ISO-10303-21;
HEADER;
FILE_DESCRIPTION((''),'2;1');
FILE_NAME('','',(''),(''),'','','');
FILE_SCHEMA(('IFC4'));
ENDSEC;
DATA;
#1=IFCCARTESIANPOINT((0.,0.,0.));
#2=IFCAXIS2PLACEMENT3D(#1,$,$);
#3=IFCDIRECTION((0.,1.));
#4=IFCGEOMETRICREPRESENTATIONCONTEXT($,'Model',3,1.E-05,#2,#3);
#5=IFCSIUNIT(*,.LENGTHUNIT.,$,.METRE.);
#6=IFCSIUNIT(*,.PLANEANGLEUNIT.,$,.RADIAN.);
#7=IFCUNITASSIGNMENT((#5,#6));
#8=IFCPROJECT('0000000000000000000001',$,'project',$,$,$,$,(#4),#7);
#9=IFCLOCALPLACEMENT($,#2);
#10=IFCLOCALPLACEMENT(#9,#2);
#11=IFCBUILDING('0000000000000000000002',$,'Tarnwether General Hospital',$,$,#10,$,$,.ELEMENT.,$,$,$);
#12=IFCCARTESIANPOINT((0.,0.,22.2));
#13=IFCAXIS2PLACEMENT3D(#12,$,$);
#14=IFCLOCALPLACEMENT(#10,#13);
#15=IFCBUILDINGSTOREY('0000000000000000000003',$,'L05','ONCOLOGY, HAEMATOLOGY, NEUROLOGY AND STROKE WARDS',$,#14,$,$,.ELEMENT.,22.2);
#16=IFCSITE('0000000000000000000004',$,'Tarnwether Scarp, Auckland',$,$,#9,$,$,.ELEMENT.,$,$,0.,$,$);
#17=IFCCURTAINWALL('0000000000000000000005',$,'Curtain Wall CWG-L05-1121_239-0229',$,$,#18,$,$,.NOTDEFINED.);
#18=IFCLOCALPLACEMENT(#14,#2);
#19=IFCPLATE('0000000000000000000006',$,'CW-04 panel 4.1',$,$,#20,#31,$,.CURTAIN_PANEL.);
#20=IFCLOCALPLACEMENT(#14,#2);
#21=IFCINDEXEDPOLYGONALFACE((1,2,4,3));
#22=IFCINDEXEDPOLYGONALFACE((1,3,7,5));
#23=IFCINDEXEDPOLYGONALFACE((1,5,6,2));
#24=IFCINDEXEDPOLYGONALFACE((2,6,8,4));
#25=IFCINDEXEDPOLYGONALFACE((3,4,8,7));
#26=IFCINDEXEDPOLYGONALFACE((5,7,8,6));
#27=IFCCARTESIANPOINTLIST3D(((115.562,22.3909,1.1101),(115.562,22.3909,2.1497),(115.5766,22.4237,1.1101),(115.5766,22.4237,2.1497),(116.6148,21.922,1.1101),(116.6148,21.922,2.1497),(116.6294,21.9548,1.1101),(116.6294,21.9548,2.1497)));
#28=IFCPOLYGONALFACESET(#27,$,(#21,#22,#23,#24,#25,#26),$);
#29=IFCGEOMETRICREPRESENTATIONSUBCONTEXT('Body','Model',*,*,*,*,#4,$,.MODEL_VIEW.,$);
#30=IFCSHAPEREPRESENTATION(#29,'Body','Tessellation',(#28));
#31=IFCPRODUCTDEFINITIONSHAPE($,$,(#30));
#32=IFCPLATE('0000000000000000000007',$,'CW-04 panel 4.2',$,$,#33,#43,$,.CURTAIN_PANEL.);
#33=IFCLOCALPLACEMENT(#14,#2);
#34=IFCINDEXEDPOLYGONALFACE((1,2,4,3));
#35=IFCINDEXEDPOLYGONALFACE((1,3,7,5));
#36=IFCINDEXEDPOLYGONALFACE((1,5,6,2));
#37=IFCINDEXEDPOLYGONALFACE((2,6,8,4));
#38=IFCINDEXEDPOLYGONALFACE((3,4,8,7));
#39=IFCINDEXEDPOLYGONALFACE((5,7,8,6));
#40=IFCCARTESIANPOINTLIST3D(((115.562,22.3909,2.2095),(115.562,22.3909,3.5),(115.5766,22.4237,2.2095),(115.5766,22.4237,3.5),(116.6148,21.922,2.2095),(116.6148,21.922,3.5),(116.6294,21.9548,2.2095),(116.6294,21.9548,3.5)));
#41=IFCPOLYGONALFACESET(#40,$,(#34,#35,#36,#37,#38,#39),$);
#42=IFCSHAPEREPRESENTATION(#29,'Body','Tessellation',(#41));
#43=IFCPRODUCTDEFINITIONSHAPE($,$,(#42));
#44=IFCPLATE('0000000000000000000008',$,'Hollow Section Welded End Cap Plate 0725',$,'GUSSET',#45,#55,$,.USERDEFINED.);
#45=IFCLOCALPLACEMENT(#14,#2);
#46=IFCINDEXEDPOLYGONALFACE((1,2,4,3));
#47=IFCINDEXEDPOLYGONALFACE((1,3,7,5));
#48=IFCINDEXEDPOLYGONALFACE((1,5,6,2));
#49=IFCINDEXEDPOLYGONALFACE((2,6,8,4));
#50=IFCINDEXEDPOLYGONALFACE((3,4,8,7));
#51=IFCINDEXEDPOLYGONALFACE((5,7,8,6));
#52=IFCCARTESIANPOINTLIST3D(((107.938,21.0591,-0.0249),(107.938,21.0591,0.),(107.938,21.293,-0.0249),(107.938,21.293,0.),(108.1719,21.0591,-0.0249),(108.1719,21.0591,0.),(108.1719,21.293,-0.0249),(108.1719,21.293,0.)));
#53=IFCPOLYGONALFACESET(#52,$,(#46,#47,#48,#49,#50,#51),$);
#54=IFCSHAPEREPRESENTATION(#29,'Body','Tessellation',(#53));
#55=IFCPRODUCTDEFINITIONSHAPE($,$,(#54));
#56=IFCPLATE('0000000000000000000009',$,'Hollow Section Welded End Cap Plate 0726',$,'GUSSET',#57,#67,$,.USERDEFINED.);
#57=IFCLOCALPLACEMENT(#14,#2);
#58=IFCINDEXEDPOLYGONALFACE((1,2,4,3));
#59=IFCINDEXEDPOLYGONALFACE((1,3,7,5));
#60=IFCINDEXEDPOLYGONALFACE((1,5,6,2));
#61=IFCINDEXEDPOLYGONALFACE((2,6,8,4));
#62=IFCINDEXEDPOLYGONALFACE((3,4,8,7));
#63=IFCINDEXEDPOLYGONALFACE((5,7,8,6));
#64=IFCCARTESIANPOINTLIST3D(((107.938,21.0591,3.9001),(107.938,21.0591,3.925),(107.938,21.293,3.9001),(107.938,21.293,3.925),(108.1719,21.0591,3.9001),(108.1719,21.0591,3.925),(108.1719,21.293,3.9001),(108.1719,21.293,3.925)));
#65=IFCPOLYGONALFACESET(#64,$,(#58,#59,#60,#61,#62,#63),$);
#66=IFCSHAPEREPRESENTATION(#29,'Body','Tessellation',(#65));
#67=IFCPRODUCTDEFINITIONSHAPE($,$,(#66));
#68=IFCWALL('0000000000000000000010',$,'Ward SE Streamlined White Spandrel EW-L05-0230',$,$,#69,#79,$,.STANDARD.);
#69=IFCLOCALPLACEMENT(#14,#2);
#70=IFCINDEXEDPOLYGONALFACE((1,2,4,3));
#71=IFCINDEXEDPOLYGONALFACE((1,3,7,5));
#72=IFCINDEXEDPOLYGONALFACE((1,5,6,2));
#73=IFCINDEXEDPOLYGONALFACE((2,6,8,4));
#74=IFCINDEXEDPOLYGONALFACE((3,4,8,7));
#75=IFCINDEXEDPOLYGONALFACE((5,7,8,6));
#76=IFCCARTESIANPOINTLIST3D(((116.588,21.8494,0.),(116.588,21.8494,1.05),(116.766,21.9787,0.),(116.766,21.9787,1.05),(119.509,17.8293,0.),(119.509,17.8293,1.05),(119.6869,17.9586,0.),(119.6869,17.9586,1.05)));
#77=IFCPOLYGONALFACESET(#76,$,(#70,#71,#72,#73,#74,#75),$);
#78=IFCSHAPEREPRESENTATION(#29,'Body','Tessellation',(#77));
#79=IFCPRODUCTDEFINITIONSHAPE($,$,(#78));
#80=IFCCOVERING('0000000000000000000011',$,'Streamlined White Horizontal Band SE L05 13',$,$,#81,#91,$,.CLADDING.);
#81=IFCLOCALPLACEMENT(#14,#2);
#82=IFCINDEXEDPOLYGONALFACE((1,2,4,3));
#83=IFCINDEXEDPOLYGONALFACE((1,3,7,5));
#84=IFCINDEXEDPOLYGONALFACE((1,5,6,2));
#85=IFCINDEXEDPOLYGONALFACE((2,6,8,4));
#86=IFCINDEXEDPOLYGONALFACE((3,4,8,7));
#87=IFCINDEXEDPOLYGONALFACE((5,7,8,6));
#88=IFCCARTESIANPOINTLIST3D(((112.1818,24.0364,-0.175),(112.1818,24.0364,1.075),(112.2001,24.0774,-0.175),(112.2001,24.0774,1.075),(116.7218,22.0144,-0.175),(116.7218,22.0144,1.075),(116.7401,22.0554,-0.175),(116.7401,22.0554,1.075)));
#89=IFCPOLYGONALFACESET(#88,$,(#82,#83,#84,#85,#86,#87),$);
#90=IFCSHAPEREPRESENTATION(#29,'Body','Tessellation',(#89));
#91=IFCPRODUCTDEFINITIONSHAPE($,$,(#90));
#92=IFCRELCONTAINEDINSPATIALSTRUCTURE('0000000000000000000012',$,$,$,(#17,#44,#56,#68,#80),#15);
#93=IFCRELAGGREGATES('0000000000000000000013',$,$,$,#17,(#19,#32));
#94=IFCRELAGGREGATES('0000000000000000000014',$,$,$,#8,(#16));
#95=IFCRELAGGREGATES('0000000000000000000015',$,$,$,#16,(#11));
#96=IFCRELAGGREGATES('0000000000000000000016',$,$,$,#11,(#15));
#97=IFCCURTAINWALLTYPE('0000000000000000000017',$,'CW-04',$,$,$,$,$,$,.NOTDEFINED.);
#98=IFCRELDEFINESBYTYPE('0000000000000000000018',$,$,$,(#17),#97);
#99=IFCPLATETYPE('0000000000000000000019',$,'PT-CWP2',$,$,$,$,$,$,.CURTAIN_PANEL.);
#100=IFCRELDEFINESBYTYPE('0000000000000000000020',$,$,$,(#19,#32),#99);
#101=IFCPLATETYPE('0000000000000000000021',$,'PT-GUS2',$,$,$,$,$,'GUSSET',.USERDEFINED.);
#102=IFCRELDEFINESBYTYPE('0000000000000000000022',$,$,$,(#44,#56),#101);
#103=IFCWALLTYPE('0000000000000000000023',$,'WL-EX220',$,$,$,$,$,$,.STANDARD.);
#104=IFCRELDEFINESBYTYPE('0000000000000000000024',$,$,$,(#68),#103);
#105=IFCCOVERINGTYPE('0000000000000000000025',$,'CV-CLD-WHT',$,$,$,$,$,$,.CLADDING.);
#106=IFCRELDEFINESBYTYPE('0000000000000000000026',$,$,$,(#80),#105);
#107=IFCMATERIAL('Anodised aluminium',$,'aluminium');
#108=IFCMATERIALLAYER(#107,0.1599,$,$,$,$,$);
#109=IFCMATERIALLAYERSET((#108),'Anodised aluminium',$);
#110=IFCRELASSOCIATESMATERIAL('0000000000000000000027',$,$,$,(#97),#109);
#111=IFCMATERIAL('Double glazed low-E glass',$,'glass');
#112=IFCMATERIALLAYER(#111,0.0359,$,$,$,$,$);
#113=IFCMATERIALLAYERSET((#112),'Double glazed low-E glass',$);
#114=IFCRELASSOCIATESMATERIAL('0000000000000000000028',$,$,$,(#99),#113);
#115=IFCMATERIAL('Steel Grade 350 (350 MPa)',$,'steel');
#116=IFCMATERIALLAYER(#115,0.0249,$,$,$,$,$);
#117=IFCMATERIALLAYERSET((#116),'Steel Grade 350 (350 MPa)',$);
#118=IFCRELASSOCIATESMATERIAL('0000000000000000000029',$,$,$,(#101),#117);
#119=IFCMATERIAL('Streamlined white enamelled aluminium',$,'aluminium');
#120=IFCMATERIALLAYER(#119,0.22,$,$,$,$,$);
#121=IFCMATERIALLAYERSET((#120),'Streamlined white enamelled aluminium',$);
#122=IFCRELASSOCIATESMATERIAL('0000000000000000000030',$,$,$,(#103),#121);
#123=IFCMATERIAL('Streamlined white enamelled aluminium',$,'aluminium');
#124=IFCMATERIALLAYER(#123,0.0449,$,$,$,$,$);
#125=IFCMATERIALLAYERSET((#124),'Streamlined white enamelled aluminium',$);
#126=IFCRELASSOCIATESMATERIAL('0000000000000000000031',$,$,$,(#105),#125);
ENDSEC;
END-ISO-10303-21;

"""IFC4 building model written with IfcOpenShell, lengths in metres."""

from ifc_helpers import new_model, si_unit, direction, frame, frame_2d, origin, origin_2d, place, context, subcontext, project, spatial, rectangle, extrude, material, layer, layer_set, type_object, element, aggregate, save


model = new_model("IFC4")

# Units and contexts
model_context = context("Model", 3, precision=1e-05, world=origin(), true_north=direction((0.0, 1.0)))
body_context = subcontext(model_context, "Body", "Model", "MODEL_VIEW")
ifc_project = project(units=[si_unit("LENGTHUNIT", "METRE"), si_unit("PLANEANGLEUNIT", "RADIAN")], contexts=[model_context])

# Site, building, storey
site_placement = place(None, origin())
site = spatial("IfcSite", under=ifc_project, at=site_placement, Name="Tarnwether Scarp, Auckland", CompositionType="ELEMENT", RefElevation=0.0)
building_placement = place(site_placement, origin())
building = spatial("IfcBuilding", under=site, at=building_placement, Name="Tarnwether General Hospital", CompositionType="ELEMENT")
storey_placement = place(building_placement, frame((0.0, 0.0, 22.2)))
storey = spatial("IfcBuildingStorey", under=building, at=storey_placement, Name="L05", Description="ONCOLOGY, HAEMATOLOGY, NEUROLOGY AND STROKE WARDS", CompositionType="ELEMENT", Elevation=22.2)

# Curtain wall
ifc_material_1 = material(Name="Anodised aluminium", Category="aluminium")
ifc_layer_1 = layer(ifc_material_1, 0.1599)
ifc_layer_set_1 = layer_set([ifc_layer_1], Name="Anodised aluminium")
curtain_wall_type = type_object("IfcCurtainWallType", Name="CW-04", PredefinedType="NOTDEFINED", material=ifc_layer_set_1)
curtain_wall_1_placement = place(storey_placement, origin())
curtain_wall_1 = element("IfcCurtainWall", 1, at=curtain_wall_1_placement, inside=storey, type_object=curtain_wall_type, Name="Curtain Wall CWG-L05-1121_239-0229", PredefinedType="NOTDEFINED")

# Plates
ifc_material_2 = material(Name="Double glazed low-E glass", Category="glass")
ifc_layer_2 = layer(ifc_material_2, 0.0359)
ifc_layer_set_2 = layer_set([ifc_layer_2], Name="Double glazed low-E glass")
plate_type_1 = type_object("IfcPlateType", Name="PT-CWP2", PredefinedType="CURTAIN_PANEL", material=ifc_layer_set_2)
plate_1_placement = place(storey_placement, frame((116.0957, 22.1729, 1.1101), z_axis=(0.0, 0.0, 1.0), x_axis=(0.913496, -0.406848, 0.0)))
plate_1 = element("IfcPlate", 2, at=plate_1_placement, type_object=plate_type_1, Name="CW-04 panel 4.1", PredefinedType="CURTAIN_PANEL", context=body_context, shape_type="SweptSolid", body=[
    extrude(rectangle(XDim=1.1526, YDim=0.0359, at=origin_2d()), origin(), (0.0, 0.0, 1.0), 1.0396),
])
plate_2_placement = place(storey_placement, frame((116.0957, 22.1729, 2.2095), z_axis=(0.0, 0.0, 1.0), x_axis=(0.913496, -0.406848, 0.0)))
plate_2 = element("IfcPlate", 3, at=plate_2_placement, type_object=plate_type_1, Name="CW-04 panel 4.2", PredefinedType="CURTAIN_PANEL", context=body_context, shape_type="SweptSolid", body=[
    extrude(rectangle(XDim=1.1526, YDim=0.0359, at=origin_2d()), origin(), (0.0, 0.0, 1.0), 1.2905),
])
aggregate(curtain_wall_1, [plate_1, plate_2])

# Plates
ifc_material_3 = material(Name="Steel Grade 350 (350 MPa)", Category="steel")
ifc_layer_3 = layer(ifc_material_3, 0.0249)
ifc_layer_set_3 = layer_set([ifc_layer_3], Name="Steel Grade 350 (350 MPa)")
plate_type_2 = type_object("IfcPlateType", Name="PT-GUS2", ElementType="GUSSET", PredefinedType="USERDEFINED", material=ifc_layer_set_3)
for number, where, z_axis, x_axis, name in (
    (4, (108.0549, 21.176, -0.0249), (0.0, 0.0, 1.0), (1.0, 0.0, 0.0), "Hollow Section Welded End Cap Plate 0725"),
    (5, (108.0549, 21.176, 3.9001), (0.0, 0.0, 1.0), (1.0, 0.0, 0.0), "Hollow Section Welded End Cap Plate 0726"),
):
    element("IfcPlate", number, at=place(storey_placement, frame(where, z_axis=z_axis, x_axis=x_axis)), inside=storey, type_object=plate_type_2, Name=name, ObjectType="GUSSET", PredefinedType="USERDEFINED", context=body_context, shape_type="SweptSolid", body=[
        extrude(rectangle(XDim=0.2339, YDim=0.2339, at=origin_2d()), origin(), (0.0, 0.0, 1.0), 0.0249),
    ])

# Wall
ifc_material_4 = material(Name="Streamlined white enamelled aluminium", Category="aluminium")
ifc_layer_4 = layer(ifc_material_4, 0.22)
ifc_layer_set_4 = layer_set([ifc_layer_4], Name="Streamlined white enamelled aluminium")
wall_type = type_object("IfcWallType", Name="WL-EX220", PredefinedType="STANDARD", material=ifc_layer_set_4)
wall_placement = place(storey_placement, frame((116.677, 21.9141, 0.0), z_axis=(0.0, 0.0, 1.0), x_axis=(0.587809, -0.808999, 0.0)))
element("IfcWall", 6, at=wall_placement, inside=storey, type_object=wall_type, Name="Ward SE Streamlined White Spandrel EW-L05-0230", PredefinedType="STANDARD", context=body_context, shape_type="SweptSolid", body=[
    extrude(rectangle(XDim=4.9692, YDim=0.22, at=frame_2d((2.4846, 0.0))), origin(), (0.0, 0.0, 1.0), 1.05),
])

# Covering
ifc_material_5 = material(Name="Streamlined white enamelled aluminium", Category="aluminium")
ifc_layer_5 = layer(ifc_material_5, 0.0449)
ifc_layer_set_5 = layer_set([ifc_layer_5], Name="Streamlined white enamelled aluminium")
covering_type = type_object("IfcCoveringType", Name="CV-CLD-WHT", PredefinedType="CLADDING", material=ifc_layer_set_5)
covering_placement = place(storey_placement, frame((114.4609, 23.0459, -0.175), z_axis=(0.0, 0.0, 1.0), x_axis=(0.913496, -0.406848, 0.0)))
element("IfcCovering", 7, at=covering_placement, inside=storey, type_object=covering_type, Name="Streamlined White Horizontal Band SE L05 13", PredefinedType="CLADDING", context=body_context, shape_type="SweptSolid", body=[
    extrude(rectangle(XDim=4.97, YDim=0.0449, at=origin_2d()), origin(), (0.0, 0.0, 1.0), 1.25),
])

save(model, "model.ifc")
